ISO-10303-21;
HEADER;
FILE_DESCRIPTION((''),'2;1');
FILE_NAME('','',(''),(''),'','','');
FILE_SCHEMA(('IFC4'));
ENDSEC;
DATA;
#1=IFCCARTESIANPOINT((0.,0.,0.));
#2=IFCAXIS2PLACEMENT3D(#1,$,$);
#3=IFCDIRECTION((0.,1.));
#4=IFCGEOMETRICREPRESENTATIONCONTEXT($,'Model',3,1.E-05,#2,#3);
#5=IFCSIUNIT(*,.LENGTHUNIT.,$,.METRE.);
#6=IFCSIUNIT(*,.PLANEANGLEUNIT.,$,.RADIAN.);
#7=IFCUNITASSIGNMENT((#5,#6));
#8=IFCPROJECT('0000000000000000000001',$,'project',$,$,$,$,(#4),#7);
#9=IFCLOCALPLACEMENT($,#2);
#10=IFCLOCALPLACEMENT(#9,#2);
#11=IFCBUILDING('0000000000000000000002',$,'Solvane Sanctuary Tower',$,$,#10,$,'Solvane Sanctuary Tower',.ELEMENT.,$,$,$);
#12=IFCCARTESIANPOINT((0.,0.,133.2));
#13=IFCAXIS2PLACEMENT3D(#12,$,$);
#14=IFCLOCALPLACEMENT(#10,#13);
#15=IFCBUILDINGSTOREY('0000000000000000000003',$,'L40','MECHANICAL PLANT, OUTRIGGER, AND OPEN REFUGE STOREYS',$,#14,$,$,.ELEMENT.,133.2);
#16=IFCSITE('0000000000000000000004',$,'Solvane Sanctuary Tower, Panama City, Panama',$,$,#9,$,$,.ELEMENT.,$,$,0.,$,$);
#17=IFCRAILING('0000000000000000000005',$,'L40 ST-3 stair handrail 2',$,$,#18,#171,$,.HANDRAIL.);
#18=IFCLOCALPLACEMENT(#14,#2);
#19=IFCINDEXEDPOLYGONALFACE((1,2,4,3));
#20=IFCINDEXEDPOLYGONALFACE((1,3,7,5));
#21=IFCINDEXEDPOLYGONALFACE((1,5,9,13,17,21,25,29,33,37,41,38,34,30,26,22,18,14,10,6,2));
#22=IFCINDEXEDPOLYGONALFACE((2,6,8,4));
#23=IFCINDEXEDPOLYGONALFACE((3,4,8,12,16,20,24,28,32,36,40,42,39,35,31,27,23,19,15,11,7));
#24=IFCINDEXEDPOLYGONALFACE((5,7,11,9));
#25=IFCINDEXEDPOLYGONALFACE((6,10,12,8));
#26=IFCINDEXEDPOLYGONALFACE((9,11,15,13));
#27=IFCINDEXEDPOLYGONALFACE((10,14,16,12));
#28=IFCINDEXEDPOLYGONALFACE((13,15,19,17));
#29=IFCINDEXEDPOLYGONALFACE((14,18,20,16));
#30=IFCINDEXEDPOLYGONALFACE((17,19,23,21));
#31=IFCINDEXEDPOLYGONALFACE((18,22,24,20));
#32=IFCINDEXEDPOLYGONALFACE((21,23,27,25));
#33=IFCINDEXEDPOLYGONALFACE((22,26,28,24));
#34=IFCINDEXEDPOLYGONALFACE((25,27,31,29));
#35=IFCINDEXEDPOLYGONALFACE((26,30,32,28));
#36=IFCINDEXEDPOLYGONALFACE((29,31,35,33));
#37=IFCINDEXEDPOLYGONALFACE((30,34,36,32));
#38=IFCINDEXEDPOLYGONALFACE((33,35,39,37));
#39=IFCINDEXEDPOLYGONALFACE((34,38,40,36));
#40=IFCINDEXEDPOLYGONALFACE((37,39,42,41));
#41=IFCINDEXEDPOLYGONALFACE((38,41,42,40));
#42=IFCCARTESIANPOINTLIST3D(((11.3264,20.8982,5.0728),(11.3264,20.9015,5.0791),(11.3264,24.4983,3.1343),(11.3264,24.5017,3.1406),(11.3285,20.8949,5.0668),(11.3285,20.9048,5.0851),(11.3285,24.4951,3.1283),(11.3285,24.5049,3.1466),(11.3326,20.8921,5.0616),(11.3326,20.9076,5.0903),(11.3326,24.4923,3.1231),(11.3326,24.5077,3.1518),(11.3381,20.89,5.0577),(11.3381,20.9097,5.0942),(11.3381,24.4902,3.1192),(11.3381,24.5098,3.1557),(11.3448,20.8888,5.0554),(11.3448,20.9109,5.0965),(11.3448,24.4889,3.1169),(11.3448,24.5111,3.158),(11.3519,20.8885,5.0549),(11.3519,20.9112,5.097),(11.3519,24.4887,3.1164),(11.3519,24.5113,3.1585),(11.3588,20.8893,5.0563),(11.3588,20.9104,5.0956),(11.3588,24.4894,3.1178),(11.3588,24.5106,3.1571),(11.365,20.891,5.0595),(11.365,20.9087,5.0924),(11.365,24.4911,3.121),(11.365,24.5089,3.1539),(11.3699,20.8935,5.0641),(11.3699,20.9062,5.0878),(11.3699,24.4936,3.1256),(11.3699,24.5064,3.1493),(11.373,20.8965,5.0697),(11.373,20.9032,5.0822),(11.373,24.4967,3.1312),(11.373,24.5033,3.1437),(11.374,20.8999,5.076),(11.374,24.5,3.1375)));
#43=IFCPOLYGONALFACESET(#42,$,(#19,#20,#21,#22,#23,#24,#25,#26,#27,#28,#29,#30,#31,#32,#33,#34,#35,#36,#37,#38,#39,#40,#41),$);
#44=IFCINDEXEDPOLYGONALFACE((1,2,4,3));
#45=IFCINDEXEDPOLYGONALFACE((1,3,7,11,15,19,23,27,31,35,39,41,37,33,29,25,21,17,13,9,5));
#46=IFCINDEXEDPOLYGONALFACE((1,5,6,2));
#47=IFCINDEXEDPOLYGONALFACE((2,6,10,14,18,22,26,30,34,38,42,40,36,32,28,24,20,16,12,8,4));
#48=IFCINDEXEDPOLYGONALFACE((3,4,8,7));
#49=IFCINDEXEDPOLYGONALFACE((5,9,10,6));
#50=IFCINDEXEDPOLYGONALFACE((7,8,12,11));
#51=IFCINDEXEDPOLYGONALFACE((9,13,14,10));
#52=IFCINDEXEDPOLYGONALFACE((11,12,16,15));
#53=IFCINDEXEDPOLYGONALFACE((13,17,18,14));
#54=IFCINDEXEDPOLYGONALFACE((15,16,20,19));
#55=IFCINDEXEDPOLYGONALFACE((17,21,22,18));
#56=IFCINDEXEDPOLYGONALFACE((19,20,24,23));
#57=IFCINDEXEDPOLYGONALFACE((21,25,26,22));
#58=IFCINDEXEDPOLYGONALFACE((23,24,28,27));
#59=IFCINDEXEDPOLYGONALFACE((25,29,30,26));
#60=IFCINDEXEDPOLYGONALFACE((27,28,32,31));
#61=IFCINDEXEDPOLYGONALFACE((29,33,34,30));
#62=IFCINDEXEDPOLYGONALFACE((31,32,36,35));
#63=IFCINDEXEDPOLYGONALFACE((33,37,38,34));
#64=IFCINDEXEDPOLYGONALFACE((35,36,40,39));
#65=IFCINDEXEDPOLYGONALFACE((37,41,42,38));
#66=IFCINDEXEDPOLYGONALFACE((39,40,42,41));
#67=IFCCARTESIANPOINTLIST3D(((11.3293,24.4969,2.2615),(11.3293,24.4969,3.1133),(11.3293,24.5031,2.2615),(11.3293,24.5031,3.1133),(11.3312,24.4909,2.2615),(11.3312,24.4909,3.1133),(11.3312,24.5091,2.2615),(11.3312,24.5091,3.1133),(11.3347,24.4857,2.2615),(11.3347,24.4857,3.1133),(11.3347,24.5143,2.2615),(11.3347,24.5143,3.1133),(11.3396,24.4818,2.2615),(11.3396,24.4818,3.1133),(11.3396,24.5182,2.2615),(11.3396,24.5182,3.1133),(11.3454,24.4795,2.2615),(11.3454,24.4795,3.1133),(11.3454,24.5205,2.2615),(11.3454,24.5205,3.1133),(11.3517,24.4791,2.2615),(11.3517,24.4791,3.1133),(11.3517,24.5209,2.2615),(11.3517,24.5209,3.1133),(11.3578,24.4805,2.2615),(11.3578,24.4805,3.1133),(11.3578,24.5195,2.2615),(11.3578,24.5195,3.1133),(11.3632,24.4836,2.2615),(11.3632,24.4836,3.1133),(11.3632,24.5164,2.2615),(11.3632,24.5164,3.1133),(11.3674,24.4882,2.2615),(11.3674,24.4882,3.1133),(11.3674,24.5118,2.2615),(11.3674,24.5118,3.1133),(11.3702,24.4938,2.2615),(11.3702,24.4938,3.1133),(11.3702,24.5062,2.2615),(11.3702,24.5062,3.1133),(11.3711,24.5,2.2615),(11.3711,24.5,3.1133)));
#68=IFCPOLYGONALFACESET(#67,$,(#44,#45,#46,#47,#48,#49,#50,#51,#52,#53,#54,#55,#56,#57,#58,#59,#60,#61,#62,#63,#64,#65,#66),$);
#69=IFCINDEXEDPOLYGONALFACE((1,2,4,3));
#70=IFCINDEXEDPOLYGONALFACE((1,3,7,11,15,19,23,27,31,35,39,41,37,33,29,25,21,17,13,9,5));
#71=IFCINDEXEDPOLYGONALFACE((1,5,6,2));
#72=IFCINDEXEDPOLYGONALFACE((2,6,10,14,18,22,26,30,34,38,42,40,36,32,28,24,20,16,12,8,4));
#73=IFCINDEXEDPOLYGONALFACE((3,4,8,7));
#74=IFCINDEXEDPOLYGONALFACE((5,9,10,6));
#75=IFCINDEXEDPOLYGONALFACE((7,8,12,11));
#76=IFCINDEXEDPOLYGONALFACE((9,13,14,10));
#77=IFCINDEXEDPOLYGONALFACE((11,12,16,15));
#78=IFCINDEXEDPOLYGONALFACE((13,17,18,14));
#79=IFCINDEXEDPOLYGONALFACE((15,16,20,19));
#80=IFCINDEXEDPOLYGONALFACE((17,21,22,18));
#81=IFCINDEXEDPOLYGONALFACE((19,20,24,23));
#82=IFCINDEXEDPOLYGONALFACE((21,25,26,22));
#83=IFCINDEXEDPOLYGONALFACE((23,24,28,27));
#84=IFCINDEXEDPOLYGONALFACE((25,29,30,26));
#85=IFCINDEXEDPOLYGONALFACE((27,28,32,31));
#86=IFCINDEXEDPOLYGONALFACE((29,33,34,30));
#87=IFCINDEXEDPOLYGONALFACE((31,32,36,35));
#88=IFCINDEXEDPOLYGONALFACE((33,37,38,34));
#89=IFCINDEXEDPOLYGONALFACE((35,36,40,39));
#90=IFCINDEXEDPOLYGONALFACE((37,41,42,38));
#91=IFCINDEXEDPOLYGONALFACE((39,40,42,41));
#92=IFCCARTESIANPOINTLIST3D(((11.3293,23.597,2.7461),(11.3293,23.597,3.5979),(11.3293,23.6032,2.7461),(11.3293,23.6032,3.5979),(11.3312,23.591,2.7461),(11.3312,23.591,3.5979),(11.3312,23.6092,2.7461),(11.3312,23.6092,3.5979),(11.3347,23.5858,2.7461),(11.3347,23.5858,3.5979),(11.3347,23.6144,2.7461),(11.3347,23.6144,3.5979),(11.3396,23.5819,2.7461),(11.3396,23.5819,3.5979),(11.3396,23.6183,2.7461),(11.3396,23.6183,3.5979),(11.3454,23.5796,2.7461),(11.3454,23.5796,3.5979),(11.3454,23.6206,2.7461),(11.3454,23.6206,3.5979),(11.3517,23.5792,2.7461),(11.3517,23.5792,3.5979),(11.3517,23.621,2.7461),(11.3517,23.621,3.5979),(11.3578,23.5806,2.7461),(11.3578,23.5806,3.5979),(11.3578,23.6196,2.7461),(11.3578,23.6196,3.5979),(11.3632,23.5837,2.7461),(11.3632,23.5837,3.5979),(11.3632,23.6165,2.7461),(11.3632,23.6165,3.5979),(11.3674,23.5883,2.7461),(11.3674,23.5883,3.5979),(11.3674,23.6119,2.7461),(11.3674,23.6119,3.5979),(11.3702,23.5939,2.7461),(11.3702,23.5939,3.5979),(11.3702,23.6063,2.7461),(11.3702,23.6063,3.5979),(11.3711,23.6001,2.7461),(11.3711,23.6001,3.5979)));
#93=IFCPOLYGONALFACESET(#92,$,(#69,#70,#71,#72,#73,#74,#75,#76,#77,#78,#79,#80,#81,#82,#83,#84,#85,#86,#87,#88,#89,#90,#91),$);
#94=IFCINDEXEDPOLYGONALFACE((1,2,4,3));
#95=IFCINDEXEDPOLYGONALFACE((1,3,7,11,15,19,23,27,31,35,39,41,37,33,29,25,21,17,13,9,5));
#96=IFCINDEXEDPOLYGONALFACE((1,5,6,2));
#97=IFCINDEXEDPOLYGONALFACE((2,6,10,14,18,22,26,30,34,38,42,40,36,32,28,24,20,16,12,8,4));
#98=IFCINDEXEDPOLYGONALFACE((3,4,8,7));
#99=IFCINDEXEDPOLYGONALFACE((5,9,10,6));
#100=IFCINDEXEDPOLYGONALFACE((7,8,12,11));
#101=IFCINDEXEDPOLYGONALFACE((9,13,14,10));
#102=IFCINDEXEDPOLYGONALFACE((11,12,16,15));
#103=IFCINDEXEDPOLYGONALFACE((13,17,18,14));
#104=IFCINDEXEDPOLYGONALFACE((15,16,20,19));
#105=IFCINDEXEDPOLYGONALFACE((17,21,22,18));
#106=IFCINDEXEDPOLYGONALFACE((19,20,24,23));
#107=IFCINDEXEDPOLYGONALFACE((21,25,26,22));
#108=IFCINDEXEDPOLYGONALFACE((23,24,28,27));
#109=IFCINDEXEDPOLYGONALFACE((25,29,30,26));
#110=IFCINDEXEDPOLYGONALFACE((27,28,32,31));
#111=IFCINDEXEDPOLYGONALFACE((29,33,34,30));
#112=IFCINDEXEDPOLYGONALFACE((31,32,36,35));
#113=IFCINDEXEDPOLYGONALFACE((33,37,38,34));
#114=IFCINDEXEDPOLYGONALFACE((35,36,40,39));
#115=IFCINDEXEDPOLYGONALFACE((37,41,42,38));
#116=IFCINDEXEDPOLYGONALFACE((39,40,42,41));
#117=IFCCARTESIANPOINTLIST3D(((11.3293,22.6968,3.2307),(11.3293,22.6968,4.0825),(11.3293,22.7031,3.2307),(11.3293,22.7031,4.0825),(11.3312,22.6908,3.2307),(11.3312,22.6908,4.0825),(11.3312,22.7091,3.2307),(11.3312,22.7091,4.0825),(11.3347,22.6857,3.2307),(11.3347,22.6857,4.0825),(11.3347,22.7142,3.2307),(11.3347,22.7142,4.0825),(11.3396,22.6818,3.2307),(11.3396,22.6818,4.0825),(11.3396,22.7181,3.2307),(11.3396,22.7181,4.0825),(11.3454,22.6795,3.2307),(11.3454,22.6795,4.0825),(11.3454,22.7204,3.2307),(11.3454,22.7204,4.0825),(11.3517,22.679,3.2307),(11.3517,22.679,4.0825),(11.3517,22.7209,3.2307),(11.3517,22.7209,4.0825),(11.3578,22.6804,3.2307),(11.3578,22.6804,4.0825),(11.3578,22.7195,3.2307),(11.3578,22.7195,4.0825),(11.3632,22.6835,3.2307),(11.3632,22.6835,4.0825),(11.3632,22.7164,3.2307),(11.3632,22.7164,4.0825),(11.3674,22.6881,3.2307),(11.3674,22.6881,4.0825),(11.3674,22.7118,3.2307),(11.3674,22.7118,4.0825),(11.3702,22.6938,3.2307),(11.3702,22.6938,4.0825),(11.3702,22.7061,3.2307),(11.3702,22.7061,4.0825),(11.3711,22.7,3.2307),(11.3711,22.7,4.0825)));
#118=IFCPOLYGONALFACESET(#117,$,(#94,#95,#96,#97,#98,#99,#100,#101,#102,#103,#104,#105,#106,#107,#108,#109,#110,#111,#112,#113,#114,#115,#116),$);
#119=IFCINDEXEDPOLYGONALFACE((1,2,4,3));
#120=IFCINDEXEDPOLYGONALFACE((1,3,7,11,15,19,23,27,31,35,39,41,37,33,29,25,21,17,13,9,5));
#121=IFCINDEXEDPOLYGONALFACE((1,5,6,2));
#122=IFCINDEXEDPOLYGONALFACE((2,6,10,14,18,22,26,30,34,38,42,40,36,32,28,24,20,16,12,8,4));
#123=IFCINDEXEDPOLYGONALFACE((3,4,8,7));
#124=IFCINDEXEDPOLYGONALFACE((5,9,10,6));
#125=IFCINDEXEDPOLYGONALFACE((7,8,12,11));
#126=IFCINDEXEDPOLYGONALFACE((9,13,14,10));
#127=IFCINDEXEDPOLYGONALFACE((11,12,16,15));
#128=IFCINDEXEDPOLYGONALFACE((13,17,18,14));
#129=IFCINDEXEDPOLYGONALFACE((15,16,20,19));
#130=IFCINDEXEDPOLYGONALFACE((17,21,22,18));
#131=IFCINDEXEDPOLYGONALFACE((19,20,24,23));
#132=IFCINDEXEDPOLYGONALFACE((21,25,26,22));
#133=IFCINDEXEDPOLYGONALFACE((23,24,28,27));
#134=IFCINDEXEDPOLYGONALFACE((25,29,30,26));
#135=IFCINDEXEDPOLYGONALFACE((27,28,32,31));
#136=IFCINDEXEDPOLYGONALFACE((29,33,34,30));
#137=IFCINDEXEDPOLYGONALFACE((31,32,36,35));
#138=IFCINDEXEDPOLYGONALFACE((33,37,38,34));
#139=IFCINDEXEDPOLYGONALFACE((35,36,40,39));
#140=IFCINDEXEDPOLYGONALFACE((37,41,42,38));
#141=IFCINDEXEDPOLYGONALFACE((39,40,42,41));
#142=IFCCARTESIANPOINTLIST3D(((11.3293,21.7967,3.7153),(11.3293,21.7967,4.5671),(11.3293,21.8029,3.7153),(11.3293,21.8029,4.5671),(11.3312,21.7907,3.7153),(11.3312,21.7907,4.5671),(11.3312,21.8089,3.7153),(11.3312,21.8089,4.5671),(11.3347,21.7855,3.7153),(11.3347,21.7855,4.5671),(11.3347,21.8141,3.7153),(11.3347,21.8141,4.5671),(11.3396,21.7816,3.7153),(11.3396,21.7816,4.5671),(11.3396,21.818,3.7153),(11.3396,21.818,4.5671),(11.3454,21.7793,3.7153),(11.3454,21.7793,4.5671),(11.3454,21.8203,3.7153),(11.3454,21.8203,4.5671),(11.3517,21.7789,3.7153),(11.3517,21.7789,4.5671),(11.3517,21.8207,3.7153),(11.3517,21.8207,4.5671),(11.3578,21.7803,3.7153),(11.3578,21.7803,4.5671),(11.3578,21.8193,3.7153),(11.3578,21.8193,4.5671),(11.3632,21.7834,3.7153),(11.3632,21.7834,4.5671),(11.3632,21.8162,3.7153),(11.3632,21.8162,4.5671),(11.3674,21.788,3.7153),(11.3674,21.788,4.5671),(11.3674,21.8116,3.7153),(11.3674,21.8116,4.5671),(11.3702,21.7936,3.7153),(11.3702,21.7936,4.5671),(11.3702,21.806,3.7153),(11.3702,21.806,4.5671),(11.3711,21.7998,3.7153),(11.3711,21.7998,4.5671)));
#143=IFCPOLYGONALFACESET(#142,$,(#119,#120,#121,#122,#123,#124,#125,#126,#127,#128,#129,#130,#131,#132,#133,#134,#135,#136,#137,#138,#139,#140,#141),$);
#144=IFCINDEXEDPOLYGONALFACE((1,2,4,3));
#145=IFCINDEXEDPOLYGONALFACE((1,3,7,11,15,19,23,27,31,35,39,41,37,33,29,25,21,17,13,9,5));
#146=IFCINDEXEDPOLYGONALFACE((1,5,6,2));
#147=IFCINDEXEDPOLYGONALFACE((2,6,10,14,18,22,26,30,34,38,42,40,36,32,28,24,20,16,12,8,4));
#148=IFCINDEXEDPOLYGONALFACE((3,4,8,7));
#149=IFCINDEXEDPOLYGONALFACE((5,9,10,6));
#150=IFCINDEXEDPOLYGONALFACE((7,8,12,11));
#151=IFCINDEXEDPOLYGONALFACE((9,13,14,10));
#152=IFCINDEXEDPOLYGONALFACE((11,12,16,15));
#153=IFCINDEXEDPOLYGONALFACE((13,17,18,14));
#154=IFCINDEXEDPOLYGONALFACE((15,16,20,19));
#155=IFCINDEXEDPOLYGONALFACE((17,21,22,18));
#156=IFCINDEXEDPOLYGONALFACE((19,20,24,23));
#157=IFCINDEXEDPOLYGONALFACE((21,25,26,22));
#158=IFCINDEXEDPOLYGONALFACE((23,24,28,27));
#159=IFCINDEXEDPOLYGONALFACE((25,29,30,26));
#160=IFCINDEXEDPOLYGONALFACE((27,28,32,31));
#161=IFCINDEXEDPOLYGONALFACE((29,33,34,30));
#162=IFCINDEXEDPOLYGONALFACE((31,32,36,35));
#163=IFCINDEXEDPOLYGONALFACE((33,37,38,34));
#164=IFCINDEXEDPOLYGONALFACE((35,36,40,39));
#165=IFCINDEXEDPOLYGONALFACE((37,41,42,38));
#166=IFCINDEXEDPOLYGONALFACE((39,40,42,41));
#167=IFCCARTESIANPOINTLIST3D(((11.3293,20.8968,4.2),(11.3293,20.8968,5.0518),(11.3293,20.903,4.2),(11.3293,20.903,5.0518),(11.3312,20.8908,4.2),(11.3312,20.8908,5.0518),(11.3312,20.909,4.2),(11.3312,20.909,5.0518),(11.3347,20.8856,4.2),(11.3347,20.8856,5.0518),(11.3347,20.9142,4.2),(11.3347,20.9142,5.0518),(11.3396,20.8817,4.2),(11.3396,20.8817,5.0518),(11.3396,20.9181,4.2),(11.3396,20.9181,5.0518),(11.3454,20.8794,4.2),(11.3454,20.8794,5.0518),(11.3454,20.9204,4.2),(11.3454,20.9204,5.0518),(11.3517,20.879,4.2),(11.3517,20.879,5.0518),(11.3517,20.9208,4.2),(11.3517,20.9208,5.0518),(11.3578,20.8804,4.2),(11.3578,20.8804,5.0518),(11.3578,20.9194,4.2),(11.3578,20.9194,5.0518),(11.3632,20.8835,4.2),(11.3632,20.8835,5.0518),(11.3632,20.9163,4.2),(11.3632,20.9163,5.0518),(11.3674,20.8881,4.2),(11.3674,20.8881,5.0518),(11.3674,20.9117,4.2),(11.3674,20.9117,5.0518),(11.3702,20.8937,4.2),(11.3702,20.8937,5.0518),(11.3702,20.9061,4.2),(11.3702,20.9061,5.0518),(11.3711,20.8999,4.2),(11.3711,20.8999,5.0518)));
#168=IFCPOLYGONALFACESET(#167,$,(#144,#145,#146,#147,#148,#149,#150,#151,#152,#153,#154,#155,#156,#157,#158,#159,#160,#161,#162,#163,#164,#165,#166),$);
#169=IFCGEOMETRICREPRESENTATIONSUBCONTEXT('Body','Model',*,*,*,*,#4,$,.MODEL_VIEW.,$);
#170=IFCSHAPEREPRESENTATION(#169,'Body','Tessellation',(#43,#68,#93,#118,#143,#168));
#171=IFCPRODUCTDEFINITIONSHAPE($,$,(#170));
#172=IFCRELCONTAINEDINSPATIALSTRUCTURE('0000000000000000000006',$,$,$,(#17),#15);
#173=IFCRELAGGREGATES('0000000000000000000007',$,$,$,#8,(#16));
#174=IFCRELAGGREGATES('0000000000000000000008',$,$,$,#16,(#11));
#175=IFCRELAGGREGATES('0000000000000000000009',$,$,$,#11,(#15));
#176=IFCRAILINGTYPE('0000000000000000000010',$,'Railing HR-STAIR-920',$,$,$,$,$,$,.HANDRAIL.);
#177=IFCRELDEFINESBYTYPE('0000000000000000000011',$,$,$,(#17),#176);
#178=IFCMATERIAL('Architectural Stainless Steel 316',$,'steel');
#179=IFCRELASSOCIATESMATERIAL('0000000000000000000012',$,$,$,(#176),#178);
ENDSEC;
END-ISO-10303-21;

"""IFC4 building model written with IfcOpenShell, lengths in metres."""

from ifc_helpers import new_model, si_unit, direction, frame, origin, origin_2d, place, context, subcontext, project, spatial, circle, extrude, material, type_object, element, save


model = new_model("IFC4")

# Units and contexts
model_context = context("Model", 3, precision=1e-05, world=origin(), true_north=direction((0.0, 1.0)))
body_context = subcontext(model_context, "Body", "Model", "MODEL_VIEW")
ifc_project = project(units=[si_unit("LENGTHUNIT", "METRE"), si_unit("PLANEANGLEUNIT", "RADIAN")], contexts=[model_context])

# Site, building, storey
site_placement = place(None, origin())
site = spatial("IfcSite", under=ifc_project, at=site_placement, Name="Solvane Sanctuary Tower, Panama City, Panama", CompositionType="ELEMENT", RefElevation=0.0)
building_placement = place(site_placement, origin())
building = spatial("IfcBuilding", under=site, at=building_placement, Name="Solvane Sanctuary Tower", LongName="Solvane Sanctuary Tower", CompositionType="ELEMENT")
storey_placement = place(building_placement, frame((0.0, 0.0, 133.2)))
storey = spatial("IfcBuildingStorey", under=building, at=storey_placement, Name="L40", Description="MECHANICAL PLANT, OUTRIGGER, AND OPEN REFUGE STOREYS", CompositionType="ELEMENT", Elevation=133.2)

# Shared definitions
ifc_material_1 = material(Name="Architectural Stainless Steel 316", Category="steel")

# Railing
railing_type_1 = type_object("IfcRailingType", Name="Railing HR-STAIR-920", PredefinedType="HANDRAIL", material=ifc_material_1)
for number, where, name in (
    (1, (11.3501, 24.5, 2.2615), "L40 ST-3 stair handrail 2"),
):
    element("IfcRailing", number, at=place(storey_placement, frame(where)), inside=storey, type_object=railing_type_1, Name=name, PredefinedType="HANDRAIL", context=body_context, shape_type="SweptSolid", body=[
        extrude(circle(Radius=0.0239, at=origin_2d()), frame((0.0, 0.0, 0.876), z_axis=(0.0, -0.880475, 0.474093), x_axis=(1.0, 0.0, 0.0)), (0.0, 0.0, 1.0), 4.0889),
        extrude(circle(Radius=0.021, at=origin_2d()), origin(), (0.0, 0.0, 1.0), 0.8518),
        extrude(circle(Radius=0.021, at=origin_2d()), frame((0.0, -0.8999, 0.4846)), (0.0, 0.0, 1.0), 0.8518),
        extrude(circle(Radius=0.021, at=origin_2d()), frame((0.0, -1.8, 0.9692)), (0.0, 0.0, 1.0), 0.8518),
        extrude(circle(Radius=0.021, at=origin_2d()), frame((0.0, -2.7002, 1.4539)), (0.0, 0.0, 1.0), 0.8518),
        extrude(circle(Radius=0.021, at=origin_2d()), frame((0.0, -3.6001, 1.9385)), (0.0, 0.0, 1.0), 0.8518),
    ])

save(model, "model.ifc")
